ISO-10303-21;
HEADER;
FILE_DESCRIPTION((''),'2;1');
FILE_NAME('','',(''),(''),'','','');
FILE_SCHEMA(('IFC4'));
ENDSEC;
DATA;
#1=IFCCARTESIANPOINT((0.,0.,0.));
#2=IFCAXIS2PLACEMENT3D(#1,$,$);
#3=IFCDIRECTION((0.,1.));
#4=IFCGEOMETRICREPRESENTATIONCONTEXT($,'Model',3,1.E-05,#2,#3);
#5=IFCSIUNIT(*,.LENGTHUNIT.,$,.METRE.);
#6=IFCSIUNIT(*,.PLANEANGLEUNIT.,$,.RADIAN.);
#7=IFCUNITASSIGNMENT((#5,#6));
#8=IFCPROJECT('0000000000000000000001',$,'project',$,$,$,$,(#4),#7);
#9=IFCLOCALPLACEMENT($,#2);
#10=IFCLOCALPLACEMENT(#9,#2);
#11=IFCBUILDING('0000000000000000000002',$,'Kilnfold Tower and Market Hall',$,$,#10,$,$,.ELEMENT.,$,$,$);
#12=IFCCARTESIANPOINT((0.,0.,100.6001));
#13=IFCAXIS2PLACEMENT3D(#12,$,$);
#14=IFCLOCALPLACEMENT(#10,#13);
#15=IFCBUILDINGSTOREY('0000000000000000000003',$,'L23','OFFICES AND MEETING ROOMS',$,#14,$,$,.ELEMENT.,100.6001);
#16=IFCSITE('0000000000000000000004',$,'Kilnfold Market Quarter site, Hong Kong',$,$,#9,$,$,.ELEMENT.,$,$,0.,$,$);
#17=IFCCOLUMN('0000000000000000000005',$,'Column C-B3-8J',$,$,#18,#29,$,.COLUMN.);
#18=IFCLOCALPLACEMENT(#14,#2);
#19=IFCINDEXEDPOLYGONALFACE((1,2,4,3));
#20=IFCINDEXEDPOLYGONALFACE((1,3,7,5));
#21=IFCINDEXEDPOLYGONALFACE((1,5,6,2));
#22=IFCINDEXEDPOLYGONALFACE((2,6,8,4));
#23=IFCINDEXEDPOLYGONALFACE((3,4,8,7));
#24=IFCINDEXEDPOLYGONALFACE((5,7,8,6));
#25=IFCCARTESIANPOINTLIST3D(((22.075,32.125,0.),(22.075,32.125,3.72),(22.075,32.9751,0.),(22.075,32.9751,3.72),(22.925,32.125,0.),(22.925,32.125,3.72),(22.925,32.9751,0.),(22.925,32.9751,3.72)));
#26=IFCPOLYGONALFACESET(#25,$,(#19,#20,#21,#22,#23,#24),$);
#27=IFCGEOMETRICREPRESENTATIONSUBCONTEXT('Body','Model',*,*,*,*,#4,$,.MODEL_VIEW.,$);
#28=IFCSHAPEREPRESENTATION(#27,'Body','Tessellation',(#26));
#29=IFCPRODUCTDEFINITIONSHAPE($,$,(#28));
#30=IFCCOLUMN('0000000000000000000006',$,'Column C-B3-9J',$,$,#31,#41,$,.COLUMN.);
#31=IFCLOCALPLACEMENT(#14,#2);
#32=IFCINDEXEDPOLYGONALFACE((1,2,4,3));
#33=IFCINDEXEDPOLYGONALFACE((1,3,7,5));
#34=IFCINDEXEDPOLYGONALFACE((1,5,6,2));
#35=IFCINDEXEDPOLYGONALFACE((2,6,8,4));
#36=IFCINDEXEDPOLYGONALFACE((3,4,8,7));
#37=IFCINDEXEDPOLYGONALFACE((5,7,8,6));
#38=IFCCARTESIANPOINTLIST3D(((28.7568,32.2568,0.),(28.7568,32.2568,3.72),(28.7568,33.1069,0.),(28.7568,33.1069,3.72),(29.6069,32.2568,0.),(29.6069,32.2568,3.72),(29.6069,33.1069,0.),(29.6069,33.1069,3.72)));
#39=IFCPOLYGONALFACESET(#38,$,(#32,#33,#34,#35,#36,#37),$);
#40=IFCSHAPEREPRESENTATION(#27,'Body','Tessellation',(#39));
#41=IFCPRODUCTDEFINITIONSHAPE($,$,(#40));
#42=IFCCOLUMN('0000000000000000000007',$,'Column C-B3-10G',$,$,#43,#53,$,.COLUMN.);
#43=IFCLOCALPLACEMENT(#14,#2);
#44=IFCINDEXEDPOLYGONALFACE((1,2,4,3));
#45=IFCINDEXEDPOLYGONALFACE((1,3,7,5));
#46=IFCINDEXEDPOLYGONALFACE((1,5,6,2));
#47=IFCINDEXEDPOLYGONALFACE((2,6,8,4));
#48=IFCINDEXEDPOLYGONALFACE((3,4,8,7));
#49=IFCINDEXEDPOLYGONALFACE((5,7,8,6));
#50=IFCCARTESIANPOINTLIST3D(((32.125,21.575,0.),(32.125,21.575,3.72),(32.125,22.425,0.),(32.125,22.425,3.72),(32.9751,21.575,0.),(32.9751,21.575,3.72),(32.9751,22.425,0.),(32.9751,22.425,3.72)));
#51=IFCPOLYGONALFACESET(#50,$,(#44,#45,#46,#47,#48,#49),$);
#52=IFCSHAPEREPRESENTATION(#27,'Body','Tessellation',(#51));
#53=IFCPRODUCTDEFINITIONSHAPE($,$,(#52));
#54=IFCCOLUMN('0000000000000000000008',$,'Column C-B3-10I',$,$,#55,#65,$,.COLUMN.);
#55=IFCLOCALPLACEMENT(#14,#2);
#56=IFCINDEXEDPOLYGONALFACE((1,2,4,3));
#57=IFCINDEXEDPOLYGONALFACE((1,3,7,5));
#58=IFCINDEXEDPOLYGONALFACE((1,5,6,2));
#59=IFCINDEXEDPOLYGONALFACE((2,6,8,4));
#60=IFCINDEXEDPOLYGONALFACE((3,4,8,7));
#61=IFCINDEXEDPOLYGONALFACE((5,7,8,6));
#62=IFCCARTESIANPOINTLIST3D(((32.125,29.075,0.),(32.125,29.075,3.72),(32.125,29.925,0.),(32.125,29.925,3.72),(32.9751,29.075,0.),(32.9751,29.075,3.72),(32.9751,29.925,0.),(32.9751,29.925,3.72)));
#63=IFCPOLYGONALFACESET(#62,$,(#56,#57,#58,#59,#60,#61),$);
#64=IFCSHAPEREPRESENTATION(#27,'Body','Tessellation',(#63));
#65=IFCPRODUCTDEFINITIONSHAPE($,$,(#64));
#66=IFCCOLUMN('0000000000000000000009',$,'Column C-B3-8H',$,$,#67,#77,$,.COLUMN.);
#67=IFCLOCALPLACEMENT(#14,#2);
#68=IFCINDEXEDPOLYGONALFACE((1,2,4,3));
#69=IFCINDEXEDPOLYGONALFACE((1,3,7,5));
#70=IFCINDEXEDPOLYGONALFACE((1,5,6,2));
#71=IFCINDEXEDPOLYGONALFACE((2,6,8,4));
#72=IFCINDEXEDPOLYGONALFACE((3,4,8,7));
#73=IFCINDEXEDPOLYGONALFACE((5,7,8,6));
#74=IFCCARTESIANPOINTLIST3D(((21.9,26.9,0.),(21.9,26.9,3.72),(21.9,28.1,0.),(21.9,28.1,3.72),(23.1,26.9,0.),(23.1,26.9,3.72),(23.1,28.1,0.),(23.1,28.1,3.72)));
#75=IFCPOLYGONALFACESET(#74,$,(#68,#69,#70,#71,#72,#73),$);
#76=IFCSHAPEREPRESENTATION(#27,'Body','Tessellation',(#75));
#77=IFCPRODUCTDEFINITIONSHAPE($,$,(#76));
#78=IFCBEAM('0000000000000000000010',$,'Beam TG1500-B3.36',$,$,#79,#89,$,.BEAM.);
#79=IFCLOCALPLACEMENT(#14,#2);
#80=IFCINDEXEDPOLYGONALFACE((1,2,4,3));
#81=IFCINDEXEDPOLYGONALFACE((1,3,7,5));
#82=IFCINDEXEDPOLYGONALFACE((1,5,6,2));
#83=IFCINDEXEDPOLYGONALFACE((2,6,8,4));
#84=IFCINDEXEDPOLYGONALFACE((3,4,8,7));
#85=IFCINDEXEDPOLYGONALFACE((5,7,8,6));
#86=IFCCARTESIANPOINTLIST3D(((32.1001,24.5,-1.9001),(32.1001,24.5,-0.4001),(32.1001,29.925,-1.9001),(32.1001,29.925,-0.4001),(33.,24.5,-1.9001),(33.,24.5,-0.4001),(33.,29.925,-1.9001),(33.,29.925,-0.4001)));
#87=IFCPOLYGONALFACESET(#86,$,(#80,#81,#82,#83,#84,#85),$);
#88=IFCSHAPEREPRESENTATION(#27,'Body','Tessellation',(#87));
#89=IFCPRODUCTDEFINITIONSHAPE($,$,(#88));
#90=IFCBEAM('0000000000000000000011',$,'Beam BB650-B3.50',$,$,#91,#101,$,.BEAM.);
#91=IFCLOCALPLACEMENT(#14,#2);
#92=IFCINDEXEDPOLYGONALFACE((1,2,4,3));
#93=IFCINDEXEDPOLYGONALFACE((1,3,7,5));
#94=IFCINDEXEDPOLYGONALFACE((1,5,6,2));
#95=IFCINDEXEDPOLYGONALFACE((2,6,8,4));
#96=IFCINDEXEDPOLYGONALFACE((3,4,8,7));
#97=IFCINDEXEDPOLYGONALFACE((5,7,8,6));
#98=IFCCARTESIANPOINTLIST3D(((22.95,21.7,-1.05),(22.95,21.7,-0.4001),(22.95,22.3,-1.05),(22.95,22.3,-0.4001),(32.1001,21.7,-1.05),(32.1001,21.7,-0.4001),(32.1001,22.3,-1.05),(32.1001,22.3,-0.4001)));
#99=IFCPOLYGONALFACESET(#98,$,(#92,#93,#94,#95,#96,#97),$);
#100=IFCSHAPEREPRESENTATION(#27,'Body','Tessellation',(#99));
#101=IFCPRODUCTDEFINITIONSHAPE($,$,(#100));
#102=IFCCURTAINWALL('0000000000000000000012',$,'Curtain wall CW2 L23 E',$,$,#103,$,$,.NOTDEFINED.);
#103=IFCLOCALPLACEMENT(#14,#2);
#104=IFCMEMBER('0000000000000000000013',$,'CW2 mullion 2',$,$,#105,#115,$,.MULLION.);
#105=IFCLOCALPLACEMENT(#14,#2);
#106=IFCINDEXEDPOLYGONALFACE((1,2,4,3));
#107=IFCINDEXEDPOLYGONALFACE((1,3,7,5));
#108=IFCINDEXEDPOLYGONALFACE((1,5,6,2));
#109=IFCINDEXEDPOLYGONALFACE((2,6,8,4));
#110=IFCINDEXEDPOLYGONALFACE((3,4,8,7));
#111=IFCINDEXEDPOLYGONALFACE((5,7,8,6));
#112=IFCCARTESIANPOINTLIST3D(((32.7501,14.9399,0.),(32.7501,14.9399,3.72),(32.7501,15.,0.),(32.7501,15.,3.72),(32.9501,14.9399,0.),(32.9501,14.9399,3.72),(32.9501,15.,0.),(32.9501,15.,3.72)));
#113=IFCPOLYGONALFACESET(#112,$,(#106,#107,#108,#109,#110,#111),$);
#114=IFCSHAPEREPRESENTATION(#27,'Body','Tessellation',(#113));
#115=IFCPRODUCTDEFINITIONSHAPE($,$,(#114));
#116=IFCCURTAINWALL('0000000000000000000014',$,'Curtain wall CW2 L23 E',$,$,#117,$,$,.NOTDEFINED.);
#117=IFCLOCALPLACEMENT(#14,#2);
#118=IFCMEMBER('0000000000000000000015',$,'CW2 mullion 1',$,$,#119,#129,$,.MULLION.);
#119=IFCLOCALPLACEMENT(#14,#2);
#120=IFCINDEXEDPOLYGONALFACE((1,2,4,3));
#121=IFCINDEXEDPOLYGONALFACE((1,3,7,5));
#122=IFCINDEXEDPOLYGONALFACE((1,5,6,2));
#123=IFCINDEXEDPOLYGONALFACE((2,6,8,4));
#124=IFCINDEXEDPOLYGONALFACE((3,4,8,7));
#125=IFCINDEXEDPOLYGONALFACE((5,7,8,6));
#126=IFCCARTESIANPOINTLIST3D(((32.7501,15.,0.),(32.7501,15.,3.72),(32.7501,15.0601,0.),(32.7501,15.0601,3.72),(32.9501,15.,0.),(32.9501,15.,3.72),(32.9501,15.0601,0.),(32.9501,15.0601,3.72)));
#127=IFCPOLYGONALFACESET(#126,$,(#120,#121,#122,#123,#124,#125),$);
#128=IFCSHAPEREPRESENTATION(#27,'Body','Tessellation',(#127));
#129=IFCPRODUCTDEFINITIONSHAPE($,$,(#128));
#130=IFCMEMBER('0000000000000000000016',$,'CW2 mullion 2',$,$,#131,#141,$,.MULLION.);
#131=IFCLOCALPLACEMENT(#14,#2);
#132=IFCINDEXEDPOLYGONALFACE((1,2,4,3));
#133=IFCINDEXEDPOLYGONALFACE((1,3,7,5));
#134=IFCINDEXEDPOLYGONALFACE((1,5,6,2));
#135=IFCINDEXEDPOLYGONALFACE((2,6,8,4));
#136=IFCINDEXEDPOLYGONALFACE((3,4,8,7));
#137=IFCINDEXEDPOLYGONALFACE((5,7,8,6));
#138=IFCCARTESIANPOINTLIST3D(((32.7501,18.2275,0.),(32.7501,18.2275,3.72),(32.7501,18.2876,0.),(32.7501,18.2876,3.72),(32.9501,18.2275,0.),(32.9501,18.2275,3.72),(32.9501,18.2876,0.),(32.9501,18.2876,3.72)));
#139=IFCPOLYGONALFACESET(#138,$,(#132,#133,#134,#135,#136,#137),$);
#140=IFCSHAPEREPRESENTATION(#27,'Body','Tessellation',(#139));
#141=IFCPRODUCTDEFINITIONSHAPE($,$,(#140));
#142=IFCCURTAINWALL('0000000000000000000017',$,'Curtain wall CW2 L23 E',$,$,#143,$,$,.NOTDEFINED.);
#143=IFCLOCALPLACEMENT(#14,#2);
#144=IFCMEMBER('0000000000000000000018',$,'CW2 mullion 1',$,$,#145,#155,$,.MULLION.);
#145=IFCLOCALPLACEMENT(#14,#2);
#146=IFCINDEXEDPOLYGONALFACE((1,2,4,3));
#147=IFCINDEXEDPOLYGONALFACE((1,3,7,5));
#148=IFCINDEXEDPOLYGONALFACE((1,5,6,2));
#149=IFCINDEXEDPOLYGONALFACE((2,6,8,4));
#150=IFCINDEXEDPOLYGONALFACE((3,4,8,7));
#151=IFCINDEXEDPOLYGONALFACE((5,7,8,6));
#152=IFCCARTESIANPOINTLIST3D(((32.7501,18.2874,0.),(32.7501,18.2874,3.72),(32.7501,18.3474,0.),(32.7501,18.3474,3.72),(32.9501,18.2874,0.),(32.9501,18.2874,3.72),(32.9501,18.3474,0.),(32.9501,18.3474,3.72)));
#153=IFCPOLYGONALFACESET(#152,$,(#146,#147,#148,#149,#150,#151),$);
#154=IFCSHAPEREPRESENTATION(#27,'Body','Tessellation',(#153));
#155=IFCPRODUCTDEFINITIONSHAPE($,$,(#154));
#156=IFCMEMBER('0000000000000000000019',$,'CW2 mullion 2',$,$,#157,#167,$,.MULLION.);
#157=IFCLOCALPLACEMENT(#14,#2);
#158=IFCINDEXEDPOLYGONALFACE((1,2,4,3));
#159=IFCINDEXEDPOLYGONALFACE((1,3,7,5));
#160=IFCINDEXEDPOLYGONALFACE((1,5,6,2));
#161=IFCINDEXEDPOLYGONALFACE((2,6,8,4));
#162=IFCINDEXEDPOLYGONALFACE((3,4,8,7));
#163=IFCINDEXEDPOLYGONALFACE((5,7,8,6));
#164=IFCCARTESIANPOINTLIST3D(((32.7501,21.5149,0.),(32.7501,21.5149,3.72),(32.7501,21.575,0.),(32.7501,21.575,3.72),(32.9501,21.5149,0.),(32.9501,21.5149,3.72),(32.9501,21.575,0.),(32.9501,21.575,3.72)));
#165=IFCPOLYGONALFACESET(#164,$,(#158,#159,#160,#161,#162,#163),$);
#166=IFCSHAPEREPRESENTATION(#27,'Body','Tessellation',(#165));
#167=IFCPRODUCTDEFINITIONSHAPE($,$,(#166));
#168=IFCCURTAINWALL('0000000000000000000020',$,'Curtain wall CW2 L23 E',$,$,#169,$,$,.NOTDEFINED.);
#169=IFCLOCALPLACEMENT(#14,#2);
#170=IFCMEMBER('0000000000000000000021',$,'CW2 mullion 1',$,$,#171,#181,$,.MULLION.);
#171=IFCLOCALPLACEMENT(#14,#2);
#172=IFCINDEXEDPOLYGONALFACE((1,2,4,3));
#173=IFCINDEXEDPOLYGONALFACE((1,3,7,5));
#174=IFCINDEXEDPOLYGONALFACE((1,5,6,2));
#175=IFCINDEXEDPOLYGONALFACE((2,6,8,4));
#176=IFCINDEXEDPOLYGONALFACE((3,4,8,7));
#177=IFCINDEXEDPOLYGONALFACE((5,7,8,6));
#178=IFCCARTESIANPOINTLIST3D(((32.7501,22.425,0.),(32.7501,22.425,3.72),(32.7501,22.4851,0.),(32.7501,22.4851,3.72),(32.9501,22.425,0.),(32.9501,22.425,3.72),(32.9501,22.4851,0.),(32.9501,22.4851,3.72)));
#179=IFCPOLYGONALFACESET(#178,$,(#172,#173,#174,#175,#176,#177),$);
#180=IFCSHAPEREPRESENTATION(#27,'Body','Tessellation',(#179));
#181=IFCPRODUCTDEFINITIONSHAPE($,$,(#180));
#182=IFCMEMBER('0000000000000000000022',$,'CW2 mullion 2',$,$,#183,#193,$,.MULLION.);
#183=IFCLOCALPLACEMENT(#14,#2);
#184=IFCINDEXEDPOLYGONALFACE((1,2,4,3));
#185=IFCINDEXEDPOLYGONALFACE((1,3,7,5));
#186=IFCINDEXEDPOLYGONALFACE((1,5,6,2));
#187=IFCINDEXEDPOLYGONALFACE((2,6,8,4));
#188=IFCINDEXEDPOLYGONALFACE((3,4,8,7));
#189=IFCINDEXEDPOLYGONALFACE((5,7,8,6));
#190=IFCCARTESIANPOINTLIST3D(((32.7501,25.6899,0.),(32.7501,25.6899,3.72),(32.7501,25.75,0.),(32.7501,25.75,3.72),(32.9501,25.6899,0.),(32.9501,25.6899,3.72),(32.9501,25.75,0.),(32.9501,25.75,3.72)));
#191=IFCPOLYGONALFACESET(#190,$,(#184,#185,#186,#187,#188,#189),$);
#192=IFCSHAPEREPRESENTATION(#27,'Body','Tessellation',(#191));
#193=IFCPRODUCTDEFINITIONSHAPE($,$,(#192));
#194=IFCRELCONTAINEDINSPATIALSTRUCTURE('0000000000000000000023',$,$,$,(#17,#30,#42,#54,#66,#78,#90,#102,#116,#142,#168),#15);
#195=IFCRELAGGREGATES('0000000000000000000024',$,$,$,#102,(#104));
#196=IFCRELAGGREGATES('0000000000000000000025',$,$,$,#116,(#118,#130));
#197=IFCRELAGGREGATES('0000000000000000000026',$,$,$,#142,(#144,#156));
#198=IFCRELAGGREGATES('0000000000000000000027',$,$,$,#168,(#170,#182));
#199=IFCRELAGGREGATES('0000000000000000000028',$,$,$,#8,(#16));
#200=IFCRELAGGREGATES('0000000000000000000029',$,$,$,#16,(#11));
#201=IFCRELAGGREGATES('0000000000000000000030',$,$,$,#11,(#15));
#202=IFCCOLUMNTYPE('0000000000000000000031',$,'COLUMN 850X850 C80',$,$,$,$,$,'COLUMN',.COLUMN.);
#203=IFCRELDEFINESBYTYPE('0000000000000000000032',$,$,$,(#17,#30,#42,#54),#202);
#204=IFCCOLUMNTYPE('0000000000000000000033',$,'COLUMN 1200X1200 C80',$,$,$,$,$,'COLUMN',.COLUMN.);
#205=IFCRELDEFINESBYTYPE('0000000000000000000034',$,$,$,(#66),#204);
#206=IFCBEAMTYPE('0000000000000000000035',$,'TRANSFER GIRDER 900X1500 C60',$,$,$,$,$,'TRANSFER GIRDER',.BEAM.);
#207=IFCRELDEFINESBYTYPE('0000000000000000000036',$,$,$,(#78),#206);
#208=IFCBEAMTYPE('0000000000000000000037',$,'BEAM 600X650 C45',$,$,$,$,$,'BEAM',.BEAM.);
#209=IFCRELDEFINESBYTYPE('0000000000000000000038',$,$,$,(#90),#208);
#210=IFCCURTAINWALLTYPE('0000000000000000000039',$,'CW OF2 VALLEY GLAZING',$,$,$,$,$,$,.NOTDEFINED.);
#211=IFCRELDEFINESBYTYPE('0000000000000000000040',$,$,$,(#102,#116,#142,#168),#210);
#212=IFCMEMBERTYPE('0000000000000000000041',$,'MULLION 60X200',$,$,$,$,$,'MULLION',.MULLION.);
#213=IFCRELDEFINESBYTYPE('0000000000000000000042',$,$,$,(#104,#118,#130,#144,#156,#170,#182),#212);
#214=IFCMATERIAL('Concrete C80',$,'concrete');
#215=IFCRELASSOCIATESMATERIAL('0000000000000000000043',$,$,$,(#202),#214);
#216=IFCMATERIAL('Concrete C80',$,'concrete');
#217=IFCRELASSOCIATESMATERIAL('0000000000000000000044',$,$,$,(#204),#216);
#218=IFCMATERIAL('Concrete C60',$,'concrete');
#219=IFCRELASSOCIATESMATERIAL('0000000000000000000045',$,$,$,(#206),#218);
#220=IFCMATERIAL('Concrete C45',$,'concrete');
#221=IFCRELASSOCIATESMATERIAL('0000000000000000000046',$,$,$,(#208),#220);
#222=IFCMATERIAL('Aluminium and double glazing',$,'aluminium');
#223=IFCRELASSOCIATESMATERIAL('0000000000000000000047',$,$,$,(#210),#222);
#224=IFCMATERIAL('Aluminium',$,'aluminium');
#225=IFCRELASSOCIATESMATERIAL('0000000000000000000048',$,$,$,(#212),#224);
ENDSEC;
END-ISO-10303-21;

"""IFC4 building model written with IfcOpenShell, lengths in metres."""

from ifc_helpers import new_model, si_unit, direction, frame, origin, origin_2d, place, context, subcontext, project, spatial, rectangle, extrude, source, transform, mapped, material, material_profile, profile_set, type_object, element, aggregate, save


model = new_model("IFC4")

# Units and contexts
model_context = context("Model", 3, precision=1e-05, world=origin(), true_north=direction((0.0, 1.0)))
body_context = subcontext(model_context, "Body", "Model", "MODEL_VIEW")
ifc_project = project(units=[si_unit("LENGTHUNIT", "METRE"), si_unit("PLANEANGLEUNIT", "RADIAN")], contexts=[model_context])

# Site, building, storey
site_placement = place(None, origin())
site = spatial("IfcSite", under=ifc_project, at=site_placement, Name="Kilnfold Market Quarter site, Hong Kong", CompositionType="ELEMENT", RefElevation=0.0)
building_placement = place(site_placement, origin())
building = spatial("IfcBuilding", under=site, at=building_placement, Name="Kilnfold Tower and Market Hall", CompositionType="ELEMENT")
storey_placement = place(building_placement, frame((0.0, 0.0, 100.6001)))
storey = spatial("IfcBuildingStorey", under=building, at=storey_placement, Name="L23", Description="OFFICES AND MEETING ROOMS", CompositionType="ELEMENT", Elevation=100.6001)

# Columns
ifc_material_1 = material(Name="Concrete C80", Category="concrete")
ifc_material_profile_1 = material_profile(ifc_material_1, rectangle(XDim=0.8501, YDim=0.8501, at=origin_2d()), Name="RC 850x850")
ifc_profile_set_1 = profile_set([ifc_material_profile_1], Name="Concrete C80")
column_type_1 = type_object("IfcColumnType", Name="COLUMN 850X850 C80", ElementType="COLUMN", PredefinedType="COLUMN", material=ifc_profile_set_1)
shared_shape_1 = source(origin(), body_context, "Body", "SweptSolid", [
    extrude(rectangle(XDim=0.8501, YDim=0.8501, at=origin_2d()), origin(), (0.0, 0.0, 1.0), 3.72),
])
for number, where, z_axis, x_axis, name in (
    (1, (22.5, 32.55, 0.0), (0.0, 0.0, 1.0), (1.0, 0.0, 0.0), "Column C-B3-8J"),
    (2, (29.1819, 32.6819, 0.0), (0.0, 0.0, 1.0), (1.0, 0.0, 0.0), "Column C-B3-9J"),
    (3, (32.55, 22.0, 0.0), (0.0, 0.0, 1.0), (1.0, 0.0, 0.0), "Column C-B3-10G"),
    (4, (32.55, 29.5, 0.0), (0.0, 0.0, 1.0), (1.0, 0.0, 0.0), "Column C-B3-10I"),
):
    element("IfcColumn", number, at=place(storey_placement, frame(where, z_axis=z_axis, x_axis=x_axis)), inside=storey, type_object=column_type_1, Name=name, PredefinedType="COLUMN", context=body_context, shape_type="MappedRepresentation", body=[
        mapped(shared_shape_1, transform((0.0, 0.0, 0.0))),
    ])
ifc_material_2 = material(Name="Concrete C80", Category="concrete")
ifc_material_profile_2 = material_profile(ifc_material_2, rectangle(XDim=1.2, YDim=1.2, at=origin_2d()), Name="RC 1200x1200")
ifc_profile_set_2 = profile_set([ifc_material_profile_2], Name="Concrete C80")
column_type_2 = type_object("IfcColumnType", Name="COLUMN 1200X1200 C80", ElementType="COLUMN", PredefinedType="COLUMN", material=ifc_profile_set_2)
shared_shape_2 = source(origin(), body_context, "Body", "SweptSolid", [
    extrude(rectangle(XDim=1.2, YDim=1.2, at=origin_2d()), origin(), (0.0, 0.0, 1.0), 3.72),
])
column_placement = place(storey_placement, frame((22.5, 27.5, 0.0), z_axis=(0.0, 0.0, 1.0), x_axis=(1.0, 0.0, 0.0)))
element("IfcColumn", 5, at=column_placement, inside=storey, type_object=column_type_2, Name="Column C-B3-8H", PredefinedType="COLUMN", context=body_context, shape_type="MappedRepresentation", body=[
    mapped(shared_shape_2, transform((0.0, 0.0, 0.0))),
])

# Beams
ifc_material_3 = material(Name="Concrete C60", Category="concrete")
ifc_material_profile_3 = material_profile(ifc_material_3, rectangle(XDim=0.8999, YDim=1.5, at=origin_2d()), Name="RC 900x1500")
ifc_profile_set_3 = profile_set([ifc_material_profile_3], Name="Concrete C60")
beam_type_1 = type_object("IfcBeamType", Name="TRANSFER GIRDER 900X1500 C60", ElementType="TRANSFER GIRDER", PredefinedType="BEAM", material=ifc_profile_set_3)
shared_shape_3 = source(origin(), body_context, "Body", "SweptSolid", [
    extrude(rectangle(XDim=0.8999, YDim=1.5, at=origin_2d()), origin(), (0.0, 0.0, 1.0), 5.425),
])
beam_1_placement = place(storey_placement, frame((32.55, 24.5, -1.1501), z_axis=(0.0, 1.0, 0.0), x_axis=(-1.0, 0.0, 0.0)))
element("IfcBeam", 6, at=beam_1_placement, inside=storey, type_object=beam_type_1, Name="Beam TG1500-B3.36", PredefinedType="BEAM", context=body_context, shape_type="MappedRepresentation", body=[
    mapped(shared_shape_3, transform((0.0, 0.0, 0.0))),
])
ifc_material_4 = material(Name="Concrete C45", Category="concrete")
ifc_material_profile_4 = material_profile(ifc_material_4, rectangle(XDim=0.6001, YDim=0.6499, at=origin_2d()), Name="RC 600x650")
ifc_profile_set_4 = profile_set([ifc_material_profile_4], Name="Concrete C45")
beam_type_2 = type_object("IfcBeamType", Name="BEAM 600X650 C45", ElementType="BEAM", PredefinedType="BEAM", material=ifc_profile_set_4)
shared_shape_4 = source(origin(), body_context, "Body", "SweptSolid", [
    extrude(rectangle(XDim=0.6001, YDim=0.6499, at=origin_2d()), origin(), (0.0, 0.0, 1.0), 9.1501),
])
beam_2_placement = place(storey_placement, frame((22.95, 22.0, -0.7251), z_axis=(1.0, 0.0, 0.0), x_axis=(0.0, 1.0, 0.0)))
element("IfcBeam", 7, at=beam_2_placement, inside=storey, type_object=beam_type_2, Name="Beam BB650-B3.50", PredefinedType="BEAM", context=body_context, shape_type="MappedRepresentation", body=[
    mapped(shared_shape_4, transform((0.0, 0.0, 0.0))),
])

# Curtain wall, member
ifc_material_5 = material(Name="Aluminium and double glazing", Category="aluminium")
curtain_wall_type = type_object("IfcCurtainWallType", Name="CW OF2 VALLEY GLAZING", PredefinedType="NOTDEFINED", material=ifc_material_5)
curtain_wall_1_placement = place(storey_placement, origin())
curtain_wall_1 = element("IfcCurtainWall", 8, at=curtain_wall_1_placement, inside=storey, type_object=curtain_wall_type, Name="Curtain wall CW2 L23 E", PredefinedType="NOTDEFINED")
ifc_material_6 = material(Name="Aluminium", Category="aluminium")
ifc_material_profile_5 = material_profile(ifc_material_6, rectangle(XDim=0.0601, YDim=0.2, at=origin_2d()), Name="MULLION 60x200")
ifc_profile_set_5 = profile_set([ifc_material_profile_5], Name="Aluminium")
member_type_1 = type_object("IfcMemberType", Name="MULLION 60X200", ElementType="MULLION", PredefinedType="MULLION", material=ifc_profile_set_5)
shared_shape_5 = source(origin(), body_context, "Body", "SweptSolid", [
    extrude(rectangle(XDim=0.0601, YDim=0.2, at=origin_2d()), origin(), (0.0, 0.0, 1.0), 3.72),
])
member_1_placement = place(storey_placement, frame((32.8501, 14.97, 0.0), z_axis=(0.0, 0.0, 1.0), x_axis=(0.0, 1.0, 0.0)))
member_1 = element("IfcMember", 9, at=member_1_placement, type_object=member_type_1, Name="CW2 mullion 2", PredefinedType="MULLION", context=body_context, shape_type="MappedRepresentation", body=[
    mapped(shared_shape_5, transform((0.0, 0.0, 0.0))),
])
aggregate(curtain_wall_1, [member_1])

# Curtain walls, members
curtain_wall_2_placement = place(storey_placement, origin())
curtain_wall_2 = element("IfcCurtainWall", 10, at=curtain_wall_2_placement, inside=storey, type_object=curtain_wall_type, Name="Curtain wall CW2 L23 E", PredefinedType="NOTDEFINED")
member_2_placement = place(storey_placement, frame((32.8501, 15.03, 0.0), z_axis=(0.0, 0.0, 1.0), x_axis=(0.0, 1.0, 0.0)))
member_2 = element("IfcMember", 11, at=member_2_placement, type_object=member_type_1, Name="CW2 mullion 1", PredefinedType="MULLION", context=body_context, shape_type="MappedRepresentation", body=[
    mapped(shared_shape_5, transform((0.0, 0.0, 0.0))),
])
member_3_placement = place(storey_placement, frame((32.8501, 18.2576, 0.0), z_axis=(0.0, 0.0, 1.0), x_axis=(0.0, 1.0, 0.0)))
member_3 = element("IfcMember", 12, at=member_3_placement, type_object=member_type_1, Name="CW2 mullion 2", PredefinedType="MULLION", context=body_context, shape_type="MappedRepresentation", body=[
    mapped(shared_shape_5, transform((0.0, 0.0, 0.0))),
])
curtain_wall_3_placement = place(storey_placement, origin())
curtain_wall_3 = element("IfcCurtainWall", 13, at=curtain_wall_3_placement, inside=storey, type_object=curtain_wall_type, Name="Curtain wall CW2 L23 E", PredefinedType="NOTDEFINED")
member_4_placement = place(storey_placement, frame((32.8501, 18.3174, 0.0), z_axis=(0.0, 0.0, 1.0), x_axis=(0.0, 1.0, 0.0)))
member_4 = element("IfcMember", 14, at=member_4_placement, type_object=member_type_1, Name="CW2 mullion 1", PredefinedType="MULLION", context=body_context, shape_type="MappedRepresentation", body=[
    mapped(shared_shape_5, transform((0.0, 0.0, 0.0))),
])
member_5_placement = place(storey_placement, frame((32.8501, 21.5449, 0.0), z_axis=(0.0, 0.0, 1.0), x_axis=(0.0, 1.0, 0.0)))
member_5 = element("IfcMember", 15, at=member_5_placement, type_object=member_type_1, Name="CW2 mullion 2", PredefinedType="MULLION", context=body_context, shape_type="MappedRepresentation", body=[
    mapped(shared_shape_5, transform((0.0, 0.0, 0.0))),
])
curtain_wall_4_placement = place(storey_placement, origin())
curtain_wall_4 = element("IfcCurtainWall", 16, at=curtain_wall_4_placement, inside=storey, type_object=curtain_wall_type, Name="Curtain wall CW2 L23 E", PredefinedType="NOTDEFINED")
member_6_placement = place(storey_placement, frame((32.8501, 22.4551, 0.0), z_axis=(0.0, 0.0, 1.0), x_axis=(0.0, 1.0, 0.0)))
member_6 = element("IfcMember", 17, at=member_6_placement, type_object=member_type_1, Name="CW2 mullion 1", PredefinedType="MULLION", context=body_context, shape_type="MappedRepresentation", body=[
    mapped(shared_shape_5, transform((0.0, 0.0, 0.0))),
])
member_7_placement = place(storey_placement, frame((32.8501, 25.72, 0.0), z_axis=(0.0, 0.0, 1.0), x_axis=(0.0, 1.0, 0.0)))
member_7 = element("IfcMember", 18, at=member_7_placement, type_object=member_type_1, Name="CW2 mullion 2", PredefinedType="MULLION", context=body_context, shape_type="MappedRepresentation", body=[
    mapped(shared_shape_5, transform((0.0, 0.0, 0.0))),
])

aggregate(curtain_wall_2, [member_2, member_3])
aggregate(curtain_wall_3, [member_4, member_5])
aggregate(curtain_wall_4, [member_6, member_7])

save(model, "model.ifc")
